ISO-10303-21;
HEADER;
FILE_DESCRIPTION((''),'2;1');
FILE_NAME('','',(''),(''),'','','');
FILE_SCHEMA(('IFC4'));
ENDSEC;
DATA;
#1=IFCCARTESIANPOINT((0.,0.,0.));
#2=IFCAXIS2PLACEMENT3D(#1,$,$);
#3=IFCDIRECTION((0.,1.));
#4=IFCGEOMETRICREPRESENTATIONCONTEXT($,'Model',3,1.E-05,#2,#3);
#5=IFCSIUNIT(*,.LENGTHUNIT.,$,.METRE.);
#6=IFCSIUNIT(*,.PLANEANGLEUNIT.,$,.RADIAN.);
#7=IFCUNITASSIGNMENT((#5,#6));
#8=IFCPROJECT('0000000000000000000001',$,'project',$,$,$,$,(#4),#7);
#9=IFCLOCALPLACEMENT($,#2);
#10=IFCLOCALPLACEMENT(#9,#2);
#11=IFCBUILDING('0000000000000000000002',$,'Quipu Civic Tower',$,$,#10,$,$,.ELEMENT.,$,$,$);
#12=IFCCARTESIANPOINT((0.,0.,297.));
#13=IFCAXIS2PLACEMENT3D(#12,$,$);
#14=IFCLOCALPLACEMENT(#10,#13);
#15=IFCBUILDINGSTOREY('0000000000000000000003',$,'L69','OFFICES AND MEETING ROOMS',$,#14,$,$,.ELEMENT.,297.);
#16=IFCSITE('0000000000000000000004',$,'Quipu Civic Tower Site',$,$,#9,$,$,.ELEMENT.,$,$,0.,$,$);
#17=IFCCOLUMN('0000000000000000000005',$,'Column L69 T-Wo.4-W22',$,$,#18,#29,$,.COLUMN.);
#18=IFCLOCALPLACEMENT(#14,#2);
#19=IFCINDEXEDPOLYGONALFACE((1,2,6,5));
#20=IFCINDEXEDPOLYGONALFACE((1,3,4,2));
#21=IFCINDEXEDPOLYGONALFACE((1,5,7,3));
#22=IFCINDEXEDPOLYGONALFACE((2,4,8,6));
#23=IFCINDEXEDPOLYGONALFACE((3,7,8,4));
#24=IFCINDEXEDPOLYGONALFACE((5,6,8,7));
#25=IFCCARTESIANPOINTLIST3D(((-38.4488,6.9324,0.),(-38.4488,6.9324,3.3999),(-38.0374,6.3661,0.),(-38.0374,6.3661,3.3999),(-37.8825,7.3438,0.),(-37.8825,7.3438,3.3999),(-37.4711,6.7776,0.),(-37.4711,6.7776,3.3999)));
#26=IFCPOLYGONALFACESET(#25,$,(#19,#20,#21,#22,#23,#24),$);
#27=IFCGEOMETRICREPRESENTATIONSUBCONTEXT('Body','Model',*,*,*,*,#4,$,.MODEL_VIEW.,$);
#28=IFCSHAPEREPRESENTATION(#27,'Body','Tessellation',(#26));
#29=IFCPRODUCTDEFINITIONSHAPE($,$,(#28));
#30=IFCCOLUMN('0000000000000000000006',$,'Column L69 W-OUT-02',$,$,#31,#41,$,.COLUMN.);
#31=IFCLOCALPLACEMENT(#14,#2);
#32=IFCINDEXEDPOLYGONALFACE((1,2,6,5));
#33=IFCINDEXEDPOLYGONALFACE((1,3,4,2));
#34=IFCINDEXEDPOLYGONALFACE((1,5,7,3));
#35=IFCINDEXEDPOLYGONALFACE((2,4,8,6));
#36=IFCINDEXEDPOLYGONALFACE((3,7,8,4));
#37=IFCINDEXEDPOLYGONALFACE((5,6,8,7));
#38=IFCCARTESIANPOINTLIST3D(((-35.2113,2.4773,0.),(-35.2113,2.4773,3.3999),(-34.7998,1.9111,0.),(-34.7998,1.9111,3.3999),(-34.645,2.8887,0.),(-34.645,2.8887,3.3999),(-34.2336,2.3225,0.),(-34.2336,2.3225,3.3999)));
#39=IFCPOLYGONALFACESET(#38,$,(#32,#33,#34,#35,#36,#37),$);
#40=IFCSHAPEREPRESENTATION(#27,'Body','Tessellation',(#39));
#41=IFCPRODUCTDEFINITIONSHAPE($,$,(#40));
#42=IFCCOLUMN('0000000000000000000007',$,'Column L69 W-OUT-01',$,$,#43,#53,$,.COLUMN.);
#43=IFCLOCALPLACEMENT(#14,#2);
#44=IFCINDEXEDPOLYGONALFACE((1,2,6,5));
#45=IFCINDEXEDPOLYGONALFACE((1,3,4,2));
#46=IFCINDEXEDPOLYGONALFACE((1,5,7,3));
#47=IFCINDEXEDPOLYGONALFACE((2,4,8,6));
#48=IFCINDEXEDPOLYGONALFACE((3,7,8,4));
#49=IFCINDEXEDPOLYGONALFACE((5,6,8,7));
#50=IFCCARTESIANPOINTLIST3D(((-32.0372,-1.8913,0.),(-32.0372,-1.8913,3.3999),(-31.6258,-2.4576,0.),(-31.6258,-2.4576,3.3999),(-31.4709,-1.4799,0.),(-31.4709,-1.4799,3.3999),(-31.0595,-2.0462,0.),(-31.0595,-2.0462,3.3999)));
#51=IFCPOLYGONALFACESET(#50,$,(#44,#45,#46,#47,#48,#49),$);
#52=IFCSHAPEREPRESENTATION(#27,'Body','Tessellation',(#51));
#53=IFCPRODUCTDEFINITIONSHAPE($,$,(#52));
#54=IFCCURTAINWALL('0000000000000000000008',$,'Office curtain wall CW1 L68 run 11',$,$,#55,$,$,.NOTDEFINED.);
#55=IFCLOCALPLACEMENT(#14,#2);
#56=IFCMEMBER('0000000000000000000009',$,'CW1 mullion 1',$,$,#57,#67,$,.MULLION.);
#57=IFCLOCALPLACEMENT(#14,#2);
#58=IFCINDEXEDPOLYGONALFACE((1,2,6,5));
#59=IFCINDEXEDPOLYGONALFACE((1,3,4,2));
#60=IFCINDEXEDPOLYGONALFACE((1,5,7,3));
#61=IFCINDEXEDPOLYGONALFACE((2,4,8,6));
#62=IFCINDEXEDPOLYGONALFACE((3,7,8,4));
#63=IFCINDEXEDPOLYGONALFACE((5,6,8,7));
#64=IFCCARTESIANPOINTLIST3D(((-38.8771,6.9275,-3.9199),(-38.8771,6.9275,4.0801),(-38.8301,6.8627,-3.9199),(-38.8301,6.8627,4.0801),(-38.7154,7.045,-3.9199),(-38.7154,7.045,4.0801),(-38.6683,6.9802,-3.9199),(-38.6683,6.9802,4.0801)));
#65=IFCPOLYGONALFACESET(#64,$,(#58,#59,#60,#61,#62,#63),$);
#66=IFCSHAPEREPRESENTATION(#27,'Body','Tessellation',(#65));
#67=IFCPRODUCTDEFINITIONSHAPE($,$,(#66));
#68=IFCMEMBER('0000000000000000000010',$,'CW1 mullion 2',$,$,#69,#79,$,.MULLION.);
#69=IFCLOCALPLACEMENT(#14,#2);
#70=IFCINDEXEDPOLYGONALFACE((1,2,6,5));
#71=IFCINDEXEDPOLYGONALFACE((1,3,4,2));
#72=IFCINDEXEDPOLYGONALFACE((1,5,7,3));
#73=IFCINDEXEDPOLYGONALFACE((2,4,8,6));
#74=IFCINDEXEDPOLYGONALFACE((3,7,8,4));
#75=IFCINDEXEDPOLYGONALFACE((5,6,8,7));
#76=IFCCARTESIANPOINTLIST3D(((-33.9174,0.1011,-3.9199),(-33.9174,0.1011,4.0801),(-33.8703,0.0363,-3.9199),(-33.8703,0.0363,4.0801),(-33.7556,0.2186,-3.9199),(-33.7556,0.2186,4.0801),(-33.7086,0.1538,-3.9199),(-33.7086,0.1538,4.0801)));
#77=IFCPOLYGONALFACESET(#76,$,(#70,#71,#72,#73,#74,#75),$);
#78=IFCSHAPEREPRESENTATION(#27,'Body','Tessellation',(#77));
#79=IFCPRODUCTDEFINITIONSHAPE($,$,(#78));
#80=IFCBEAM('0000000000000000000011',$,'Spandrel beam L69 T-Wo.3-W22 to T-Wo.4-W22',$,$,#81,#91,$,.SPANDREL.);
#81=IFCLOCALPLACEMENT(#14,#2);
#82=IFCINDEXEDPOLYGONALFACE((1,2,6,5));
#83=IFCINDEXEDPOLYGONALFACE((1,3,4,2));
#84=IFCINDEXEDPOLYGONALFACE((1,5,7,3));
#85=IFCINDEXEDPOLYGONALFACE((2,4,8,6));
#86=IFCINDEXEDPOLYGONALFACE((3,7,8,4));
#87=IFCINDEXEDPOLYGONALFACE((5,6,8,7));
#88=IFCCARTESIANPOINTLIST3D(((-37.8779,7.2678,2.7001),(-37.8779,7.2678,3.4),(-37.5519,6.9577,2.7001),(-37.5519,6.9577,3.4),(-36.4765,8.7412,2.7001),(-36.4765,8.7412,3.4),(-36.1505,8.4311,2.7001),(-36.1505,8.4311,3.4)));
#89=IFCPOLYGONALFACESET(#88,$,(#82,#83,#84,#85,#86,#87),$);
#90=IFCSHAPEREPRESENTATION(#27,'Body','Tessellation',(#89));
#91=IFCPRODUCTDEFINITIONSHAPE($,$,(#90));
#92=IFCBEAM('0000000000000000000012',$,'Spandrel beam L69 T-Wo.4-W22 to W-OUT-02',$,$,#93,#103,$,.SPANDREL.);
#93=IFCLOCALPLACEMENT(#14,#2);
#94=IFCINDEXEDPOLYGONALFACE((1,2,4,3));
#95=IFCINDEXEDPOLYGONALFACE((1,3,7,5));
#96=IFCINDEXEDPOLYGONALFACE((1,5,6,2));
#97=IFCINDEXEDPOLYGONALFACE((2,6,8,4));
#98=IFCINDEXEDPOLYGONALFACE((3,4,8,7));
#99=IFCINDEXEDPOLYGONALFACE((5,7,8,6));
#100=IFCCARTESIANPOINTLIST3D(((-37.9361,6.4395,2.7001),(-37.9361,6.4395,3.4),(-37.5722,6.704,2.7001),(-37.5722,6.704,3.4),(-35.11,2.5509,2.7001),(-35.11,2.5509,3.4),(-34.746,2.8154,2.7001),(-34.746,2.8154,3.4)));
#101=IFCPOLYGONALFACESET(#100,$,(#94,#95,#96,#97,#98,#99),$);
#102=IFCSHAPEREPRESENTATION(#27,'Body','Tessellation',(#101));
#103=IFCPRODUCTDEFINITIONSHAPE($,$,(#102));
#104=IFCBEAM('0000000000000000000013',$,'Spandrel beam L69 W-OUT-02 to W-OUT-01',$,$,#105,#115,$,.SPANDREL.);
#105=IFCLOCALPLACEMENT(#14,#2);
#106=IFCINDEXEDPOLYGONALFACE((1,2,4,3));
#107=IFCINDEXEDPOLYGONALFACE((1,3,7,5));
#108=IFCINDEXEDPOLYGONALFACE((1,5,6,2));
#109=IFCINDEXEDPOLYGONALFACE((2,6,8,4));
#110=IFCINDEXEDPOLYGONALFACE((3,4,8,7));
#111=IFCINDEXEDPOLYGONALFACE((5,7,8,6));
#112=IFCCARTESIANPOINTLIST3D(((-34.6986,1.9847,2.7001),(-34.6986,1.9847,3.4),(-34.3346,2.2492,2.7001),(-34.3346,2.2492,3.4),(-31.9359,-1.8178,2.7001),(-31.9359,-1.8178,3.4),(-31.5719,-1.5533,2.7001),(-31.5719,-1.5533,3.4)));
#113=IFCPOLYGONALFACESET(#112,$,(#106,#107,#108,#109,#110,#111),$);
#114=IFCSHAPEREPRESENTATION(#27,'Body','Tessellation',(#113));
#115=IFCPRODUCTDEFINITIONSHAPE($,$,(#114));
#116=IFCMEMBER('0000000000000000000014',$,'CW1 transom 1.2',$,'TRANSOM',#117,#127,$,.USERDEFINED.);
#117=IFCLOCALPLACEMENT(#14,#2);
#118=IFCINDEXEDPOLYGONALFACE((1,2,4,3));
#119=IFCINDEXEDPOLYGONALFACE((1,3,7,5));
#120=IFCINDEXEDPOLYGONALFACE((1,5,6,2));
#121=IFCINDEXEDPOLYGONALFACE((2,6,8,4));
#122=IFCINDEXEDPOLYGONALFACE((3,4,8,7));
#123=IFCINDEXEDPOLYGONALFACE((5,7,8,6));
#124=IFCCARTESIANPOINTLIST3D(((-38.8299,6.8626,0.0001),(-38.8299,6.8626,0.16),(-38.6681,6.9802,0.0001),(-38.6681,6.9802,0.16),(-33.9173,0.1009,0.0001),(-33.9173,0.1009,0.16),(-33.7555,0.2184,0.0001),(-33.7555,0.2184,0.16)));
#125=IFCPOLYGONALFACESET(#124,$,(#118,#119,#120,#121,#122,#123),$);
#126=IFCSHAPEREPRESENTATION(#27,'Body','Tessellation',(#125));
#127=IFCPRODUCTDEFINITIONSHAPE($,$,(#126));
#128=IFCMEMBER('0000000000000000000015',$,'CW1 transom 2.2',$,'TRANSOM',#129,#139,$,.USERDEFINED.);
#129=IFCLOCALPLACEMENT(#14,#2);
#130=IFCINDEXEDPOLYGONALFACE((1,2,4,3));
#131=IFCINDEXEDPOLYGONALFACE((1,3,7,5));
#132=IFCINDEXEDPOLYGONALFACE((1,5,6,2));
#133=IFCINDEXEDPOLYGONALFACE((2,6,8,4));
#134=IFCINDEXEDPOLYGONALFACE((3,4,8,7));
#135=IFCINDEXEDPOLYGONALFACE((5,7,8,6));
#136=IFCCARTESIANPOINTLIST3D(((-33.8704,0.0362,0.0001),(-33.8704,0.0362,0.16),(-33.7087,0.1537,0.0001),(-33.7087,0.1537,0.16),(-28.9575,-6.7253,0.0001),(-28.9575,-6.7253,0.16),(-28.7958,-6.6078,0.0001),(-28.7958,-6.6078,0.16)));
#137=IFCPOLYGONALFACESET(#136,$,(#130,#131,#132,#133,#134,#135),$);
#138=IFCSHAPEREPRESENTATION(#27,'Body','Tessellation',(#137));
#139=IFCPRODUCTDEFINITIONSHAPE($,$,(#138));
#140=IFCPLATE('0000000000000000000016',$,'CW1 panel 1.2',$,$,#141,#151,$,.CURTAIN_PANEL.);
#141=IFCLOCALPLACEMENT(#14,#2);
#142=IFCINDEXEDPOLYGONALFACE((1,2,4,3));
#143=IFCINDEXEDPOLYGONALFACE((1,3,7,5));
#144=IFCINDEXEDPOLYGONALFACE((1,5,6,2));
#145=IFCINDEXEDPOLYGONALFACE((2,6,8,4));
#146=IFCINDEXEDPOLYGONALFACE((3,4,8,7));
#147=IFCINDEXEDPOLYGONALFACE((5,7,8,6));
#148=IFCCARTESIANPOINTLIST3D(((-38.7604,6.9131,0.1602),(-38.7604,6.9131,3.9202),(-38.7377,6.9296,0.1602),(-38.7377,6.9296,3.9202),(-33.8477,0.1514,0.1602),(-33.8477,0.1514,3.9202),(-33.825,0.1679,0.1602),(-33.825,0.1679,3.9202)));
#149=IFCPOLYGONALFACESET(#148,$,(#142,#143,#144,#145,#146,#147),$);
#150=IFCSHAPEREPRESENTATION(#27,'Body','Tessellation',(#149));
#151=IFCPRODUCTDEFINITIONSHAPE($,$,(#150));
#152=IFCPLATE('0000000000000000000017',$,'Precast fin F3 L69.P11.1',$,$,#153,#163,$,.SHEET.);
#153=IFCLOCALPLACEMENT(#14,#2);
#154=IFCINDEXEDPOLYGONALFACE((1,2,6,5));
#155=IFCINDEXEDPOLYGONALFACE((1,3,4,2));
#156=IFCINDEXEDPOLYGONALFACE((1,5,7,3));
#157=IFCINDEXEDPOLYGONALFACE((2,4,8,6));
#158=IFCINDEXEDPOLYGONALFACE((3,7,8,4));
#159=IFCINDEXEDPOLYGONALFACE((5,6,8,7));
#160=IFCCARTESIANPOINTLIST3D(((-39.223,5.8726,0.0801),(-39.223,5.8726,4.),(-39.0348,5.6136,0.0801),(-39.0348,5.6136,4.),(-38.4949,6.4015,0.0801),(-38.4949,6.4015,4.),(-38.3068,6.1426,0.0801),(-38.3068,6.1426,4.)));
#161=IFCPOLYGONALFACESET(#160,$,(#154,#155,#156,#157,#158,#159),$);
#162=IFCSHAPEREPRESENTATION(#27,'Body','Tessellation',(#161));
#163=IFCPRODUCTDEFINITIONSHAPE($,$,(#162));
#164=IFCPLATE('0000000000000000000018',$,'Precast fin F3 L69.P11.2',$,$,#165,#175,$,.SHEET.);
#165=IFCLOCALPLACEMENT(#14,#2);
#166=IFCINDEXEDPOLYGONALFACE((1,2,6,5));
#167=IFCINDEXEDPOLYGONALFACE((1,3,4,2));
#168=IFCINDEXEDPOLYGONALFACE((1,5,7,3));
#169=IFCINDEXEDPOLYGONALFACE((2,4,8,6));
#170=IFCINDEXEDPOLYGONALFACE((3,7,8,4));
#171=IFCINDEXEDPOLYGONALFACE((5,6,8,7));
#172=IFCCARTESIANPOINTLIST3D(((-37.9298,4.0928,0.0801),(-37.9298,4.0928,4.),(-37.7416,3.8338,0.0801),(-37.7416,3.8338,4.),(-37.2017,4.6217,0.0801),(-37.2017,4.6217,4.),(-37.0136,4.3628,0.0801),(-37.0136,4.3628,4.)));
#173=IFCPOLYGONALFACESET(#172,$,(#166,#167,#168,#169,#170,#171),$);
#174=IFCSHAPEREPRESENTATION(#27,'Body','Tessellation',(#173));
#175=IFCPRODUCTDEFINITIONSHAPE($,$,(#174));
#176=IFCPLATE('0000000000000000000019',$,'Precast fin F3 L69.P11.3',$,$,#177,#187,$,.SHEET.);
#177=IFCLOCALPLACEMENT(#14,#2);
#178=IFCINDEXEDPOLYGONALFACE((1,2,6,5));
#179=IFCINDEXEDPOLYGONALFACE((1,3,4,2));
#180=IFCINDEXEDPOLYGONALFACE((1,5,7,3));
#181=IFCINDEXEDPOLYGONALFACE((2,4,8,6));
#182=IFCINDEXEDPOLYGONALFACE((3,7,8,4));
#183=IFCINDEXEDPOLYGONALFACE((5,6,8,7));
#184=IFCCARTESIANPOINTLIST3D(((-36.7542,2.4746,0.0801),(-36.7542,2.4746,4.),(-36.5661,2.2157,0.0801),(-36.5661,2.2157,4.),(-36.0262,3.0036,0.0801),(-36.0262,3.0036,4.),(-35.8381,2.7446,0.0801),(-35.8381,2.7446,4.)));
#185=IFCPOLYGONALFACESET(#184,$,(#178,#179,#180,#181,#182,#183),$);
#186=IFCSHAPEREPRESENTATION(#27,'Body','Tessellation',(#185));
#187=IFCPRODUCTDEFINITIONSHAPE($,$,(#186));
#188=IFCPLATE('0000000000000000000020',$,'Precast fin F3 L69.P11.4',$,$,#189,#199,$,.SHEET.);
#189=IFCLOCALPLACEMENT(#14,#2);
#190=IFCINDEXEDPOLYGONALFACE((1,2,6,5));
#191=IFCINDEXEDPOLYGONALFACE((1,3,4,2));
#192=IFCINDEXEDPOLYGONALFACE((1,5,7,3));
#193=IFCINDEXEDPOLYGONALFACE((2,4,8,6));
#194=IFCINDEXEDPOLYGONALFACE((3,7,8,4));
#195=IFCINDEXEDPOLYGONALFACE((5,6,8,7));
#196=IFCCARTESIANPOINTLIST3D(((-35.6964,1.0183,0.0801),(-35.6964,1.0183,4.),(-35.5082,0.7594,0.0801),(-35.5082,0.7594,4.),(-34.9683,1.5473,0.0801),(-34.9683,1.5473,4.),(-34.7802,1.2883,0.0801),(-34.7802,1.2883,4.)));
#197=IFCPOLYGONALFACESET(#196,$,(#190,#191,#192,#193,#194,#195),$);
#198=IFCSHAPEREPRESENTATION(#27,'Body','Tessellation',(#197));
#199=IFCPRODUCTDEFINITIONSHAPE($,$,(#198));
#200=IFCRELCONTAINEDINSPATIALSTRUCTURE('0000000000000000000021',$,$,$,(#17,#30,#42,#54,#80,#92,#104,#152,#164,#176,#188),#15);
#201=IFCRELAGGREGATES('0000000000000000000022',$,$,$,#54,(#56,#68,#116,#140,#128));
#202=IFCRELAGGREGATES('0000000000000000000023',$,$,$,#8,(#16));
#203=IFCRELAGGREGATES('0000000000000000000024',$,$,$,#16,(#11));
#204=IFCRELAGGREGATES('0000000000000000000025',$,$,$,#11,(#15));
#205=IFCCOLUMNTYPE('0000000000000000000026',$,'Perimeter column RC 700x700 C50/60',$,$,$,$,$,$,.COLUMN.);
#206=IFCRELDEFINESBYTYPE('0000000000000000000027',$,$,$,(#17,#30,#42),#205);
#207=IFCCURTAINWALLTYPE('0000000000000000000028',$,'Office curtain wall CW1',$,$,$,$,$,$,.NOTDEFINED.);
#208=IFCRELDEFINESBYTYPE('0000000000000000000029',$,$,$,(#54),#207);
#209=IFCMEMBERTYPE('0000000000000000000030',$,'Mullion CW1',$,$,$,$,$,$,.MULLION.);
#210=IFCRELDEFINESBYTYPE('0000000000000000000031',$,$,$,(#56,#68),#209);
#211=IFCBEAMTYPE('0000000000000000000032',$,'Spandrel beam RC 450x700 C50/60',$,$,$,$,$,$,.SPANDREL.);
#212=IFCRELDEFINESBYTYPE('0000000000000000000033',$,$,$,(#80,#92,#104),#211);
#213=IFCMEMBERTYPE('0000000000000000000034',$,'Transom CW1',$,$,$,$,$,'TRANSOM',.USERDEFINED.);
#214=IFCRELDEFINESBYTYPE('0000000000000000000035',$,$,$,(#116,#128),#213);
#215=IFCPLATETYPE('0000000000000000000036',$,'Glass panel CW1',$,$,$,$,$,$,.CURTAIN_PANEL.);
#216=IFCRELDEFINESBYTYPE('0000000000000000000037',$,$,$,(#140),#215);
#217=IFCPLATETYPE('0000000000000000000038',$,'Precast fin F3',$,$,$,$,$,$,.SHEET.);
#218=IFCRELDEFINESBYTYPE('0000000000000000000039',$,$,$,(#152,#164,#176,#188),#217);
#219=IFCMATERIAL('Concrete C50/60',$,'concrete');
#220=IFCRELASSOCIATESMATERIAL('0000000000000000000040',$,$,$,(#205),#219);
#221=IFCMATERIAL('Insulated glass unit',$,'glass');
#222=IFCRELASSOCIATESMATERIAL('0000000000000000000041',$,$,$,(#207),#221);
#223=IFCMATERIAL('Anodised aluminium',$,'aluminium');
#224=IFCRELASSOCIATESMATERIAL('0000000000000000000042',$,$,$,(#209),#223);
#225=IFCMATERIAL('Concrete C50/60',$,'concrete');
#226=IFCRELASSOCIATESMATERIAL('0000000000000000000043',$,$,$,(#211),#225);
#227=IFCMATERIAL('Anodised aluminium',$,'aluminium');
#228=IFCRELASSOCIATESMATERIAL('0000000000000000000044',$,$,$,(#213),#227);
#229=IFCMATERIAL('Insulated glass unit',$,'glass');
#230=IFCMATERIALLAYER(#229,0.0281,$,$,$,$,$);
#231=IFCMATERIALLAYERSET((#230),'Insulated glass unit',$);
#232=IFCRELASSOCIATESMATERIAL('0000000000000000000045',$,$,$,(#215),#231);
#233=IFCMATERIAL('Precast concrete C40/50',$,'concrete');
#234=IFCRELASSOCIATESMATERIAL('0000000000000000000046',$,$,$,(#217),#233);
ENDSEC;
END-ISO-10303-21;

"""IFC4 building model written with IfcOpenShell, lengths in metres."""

from ifc_helpers import new_model, si_unit, direction, frame, origin, origin_2d, place, context, subcontext, project, spatial, rectangle, extrude, material, layer, layer_set, material_profile, profile_set, type_object, element, aggregate, save


model = new_model("IFC4")

# Units and contexts
model_context = context("Model", 3, precision=1e-05, world=origin(), true_north=direction((0.0, 1.0)))
body_context = subcontext(model_context, "Body", "Model", "MODEL_VIEW")
ifc_project = project(units=[si_unit("LENGTHUNIT", "METRE"), si_unit("PLANEANGLEUNIT", "RADIAN")], contexts=[model_context])

# Site, building, storey
site_placement = place(None, origin())
site = spatial("IfcSite", under=ifc_project, at=site_placement, Name="Quipu Civic Tower Site", CompositionType="ELEMENT", RefElevation=0.0)
building_placement = place(site_placement, origin())
building = spatial("IfcBuilding", under=site, at=building_placement, Name="Quipu Civic Tower", CompositionType="ELEMENT")
storey_placement = place(building_placement, frame((0.0, 0.0, 297.0)))
storey = spatial("IfcBuildingStorey", under=building, at=storey_placement, Name="L69", Description="OFFICES AND MEETING ROOMS", CompositionType="ELEMENT", Elevation=297.0)

# Columns
ifc_material_1 = material(Name="Concrete C50/60", Category="concrete")
ifc_material_profile_1 = material_profile(ifc_material_1, rectangle(XDim=0.7, YDim=0.7, at=origin_2d()), Name="RC700x700")
ifc_profile_set_1 = profile_set([ifc_material_profile_1], Name="Concrete C50/60")
column_type = type_object("IfcColumnType", Name="Perimeter column RC 700x700 C50/60", PredefinedType="COLUMN", material=ifc_profile_set_1)
for number, where, z_axis, x_axis, name in (
    (1, (-37.96, 6.855, 0.0), (0.0, 0.0, 1.0), (0.587785, -0.809017, 0.0), "Column L69 T-Wo.4-W22"),
    (2, (-34.7224, 2.3999, 0.0), (0.0, 0.0, 1.0), (0.587785, -0.809017, 0.0), "Column L69 W-OUT-02"),
    (3, (-31.5483, -1.9688, 0.0), (0.0, 0.0, 1.0), (0.587785, -0.809017, 0.0), "Column L69 W-OUT-01"),
):
    element("IfcColumn", number, at=place(storey_placement, frame(where, z_axis=z_axis, x_axis=x_axis)), inside=storey, type_object=column_type, Name=name, PredefinedType="COLUMN", context=body_context, shape_type="SweptSolid", body=[
        extrude(rectangle(XDim=0.7, YDim=0.7, at=origin_2d()), origin(), (0.0, 0.0, 1.0), 3.3999),
    ])

# Curtain wall, members
ifc_material_2 = material(Name="Insulated glass unit", Category="glass")
curtain_wall_type = type_object("IfcCurtainWallType", Name="Office curtain wall CW1", PredefinedType="NOTDEFINED", material=ifc_material_2)
curtain_wall_placement = place(storey_placement, origin())
curtain_wall = element("IfcCurtainWall", 4, at=curtain_wall_placement, inside=storey, type_object=curtain_wall_type, Name="Office curtain wall CW1 L68 run 11", PredefinedType="NOTDEFINED")
ifc_material_3 = material(Name="Anodised aluminium", Category="aluminium")
ifc_material_profile_2 = material_profile(ifc_material_3, rectangle(XDim=0.2, YDim=0.0801, at=origin_2d()), Name="RECT 200x80")
ifc_profile_set_2 = profile_set([ifc_material_profile_2], Name="Anodised aluminium")
member_type_1 = type_object("IfcMemberType", Name="Mullion CW1", PredefinedType="MULLION", material=ifc_profile_set_2)
member_1_placement = place(storey_placement, frame((-38.7727, 6.9539, -3.9199), z_axis=(0.0, 0.0, 1.0), x_axis=(0.809016, 0.587786, 0.0)))
member_1 = element("IfcMember", 5, at=member_1_placement, type_object=member_type_1, Name="CW1 mullion 1", PredefinedType="MULLION", context=body_context, shape_type="SweptSolid", body=[
    extrude(rectangle(XDim=0.2, YDim=0.0801, at=origin_2d()), origin(), (0.0, 0.0, 1.0), 8.0),
])
member_2_placement = place(storey_placement, frame((-33.813, 0.1274, -3.9199), z_axis=(0.0, 0.0, 1.0), x_axis=(0.809016, 0.587786, 0.0)))
member_2 = element("IfcMember", 6, at=member_2_placement, type_object=member_type_1, Name="CW1 mullion 2", PredefinedType="MULLION", context=body_context, shape_type="SweptSolid", body=[
    extrude(rectangle(XDim=0.2, YDim=0.0801, at=origin_2d()), origin(), (0.0, 0.0, 1.0), 8.0),
])

# Beams
ifc_material_4 = material(Name="Concrete C50/60", Category="concrete")
ifc_material_profile_3 = material_profile(ifc_material_4, rectangle(XDim=0.45, YDim=0.7, at=origin_2d()), Name="RC450x700")
ifc_profile_set_3 = profile_set([ifc_material_profile_3], Name="Concrete C50/60")
beam_type = type_object("IfcBeamType", Name="Spandrel beam RC 450x700 C50/60", PredefinedType="SPANDREL", material=ifc_profile_set_3)
beam_1_placement = place(storey_placement, frame((-36.3135, 8.5862, 3.05), z_axis=(-0.689175, -0.724595, 0.0), x_axis=(0.724595, -0.689175, 0.0)))
element("IfcBeam", 7, at=beam_1_placement, inside=storey, type_object=beam_type, Name="Spandrel beam L69 T-Wo.3-W22 to T-Wo.4-W22", PredefinedType="SPANDREL", context=body_context, shape_type="SweptSolid", body=[
    extrude(rectangle(XDim=0.45, YDim=0.7, at=origin_2d()), origin(), (0.0, 0.0, 1.0), 2.0334),
])
beam_2_placement = place(storey_placement, frame((-37.7542, 6.5718, 3.05), z_axis=(0.587906, -0.808929, 0.0), x_axis=(0.808929, 0.587906, 0.0)))
element("IfcBeam", 8, at=beam_2_placement, inside=storey, type_object=beam_type, Name="Spandrel beam L69 T-Wo.4-W22 to W-OUT-02", PredefinedType="SPANDREL", context=body_context, shape_type="SweptSolid", body=[
    extrude(rectangle(XDim=0.45, YDim=0.7, at=origin_2d()), origin(), (0.0, 0.0, 1.0), 4.8071),
])
beam_3_placement = place(storey_placement, frame((-34.5166, 2.1169, 3.05), z_axis=(0.587789, -0.809015, 0.0), x_axis=(0.809015, 0.587789, 0.0)))
element("IfcBeam", 9, at=beam_3_placement, inside=storey, type_object=beam_type, Name="Spandrel beam L69 W-OUT-02 to W-OUT-01", PredefinedType="SPANDREL", context=body_context, shape_type="SweptSolid", body=[
    extrude(rectangle(XDim=0.45, YDim=0.7, at=origin_2d()), origin(), (0.0, 0.0, 1.0), 4.7002),
])

# Members
ifc_material_5 = material(Name="Anodised aluminium", Category="aluminium")
ifc_material_profile_4 = material_profile(ifc_material_5, rectangle(XDim=0.2, YDim=0.1599, at=origin_2d()), Name="RECT 200x160")
ifc_profile_set_4 = profile_set([ifc_material_profile_4], Name="Anodised aluminium")
member_type_2 = type_object("IfcMemberType", Name="Transom CW1", ElementType="TRANSOM", PredefinedType="USERDEFINED", material=ifc_profile_set_4)
member_3_placement = place(storey_placement, frame((-38.749, 6.9214, 0.0801), z_axis=(0.587779, -0.809021, 0.0), x_axis=(0.809021, 0.587779, 0.0)))
member_3 = element("IfcMember", 10, at=member_3_placement, type_object=member_type_2, Name="CW1 transom 1.2", ObjectType="TRANSOM", PredefinedType="USERDEFINED", context=body_context, shape_type="SweptSolid", body=[
    extrude(rectangle(XDim=0.2, YDim=0.1599, at=origin_2d()), origin(), (0.0, 0.0, 1.0), 8.3579),
])
member_4_placement = place(storey_placement, frame((-33.7896, 0.095, 0.0801), z_axis=(0.587812, -0.808997, 0.0), x_axis=(0.808997, 0.587812, 0.0)))
member_4 = element("IfcMember", 11, at=member_4_placement, type_object=member_type_2, Name="CW1 transom 2.2", ObjectType="TRANSOM", PredefinedType="USERDEFINED", context=body_context, shape_type="SweptSolid", body=[
    extrude(rectangle(XDim=0.2, YDim=0.1599, at=origin_2d()), origin(), (0.0, 0.0, 1.0), 8.3579),
])

# Plate
ifc_material_6 = material(Name="Insulated glass unit", Category="glass")
ifc_layer_1 = layer(ifc_material_6, 0.0281)
ifc_layer_set_1 = layer_set([ifc_layer_1], Name="Insulated glass unit")
plate_type_1 = type_object("IfcPlateType", Name="Glass panel CW1", PredefinedType="CURTAIN_PANEL", material=ifc_layer_set_1)
plate_placement = place(storey_placement, frame((-36.2927, 3.5405, 0.1602), z_axis=(0.0, 0.0, 1.0), x_axis=(0.587786, -0.809016, 0.0)))
plate = element("IfcPlate", 12, at=plate_placement, type_object=plate_type_1, Name="CW1 panel 1.2", PredefinedType="CURTAIN_PANEL", context=body_context, shape_type="SweptSolid", body=[
    extrude(rectangle(XDim=8.3579, YDim=0.0281, at=origin_2d()), origin(), (0.0, 0.0, 1.0), 3.76),
])
aggregate(curtain_wall, [member_1, member_2, member_3, plate, member_4])

# Plates
ifc_material_7 = material(Name="Precast concrete C40/50", Category="concrete")
plate_type_2 = type_object("IfcPlateType", Name="Precast fin F3", PredefinedType="SHEET", material=ifc_material_7)
for number, where, z_axis, x_axis, name in (
    (13, (-38.7649, 6.0076, 0.0801), (0.0, 0.0, 1.0), (0.587787, -0.809016, 0.0), "Precast fin F3 L69.P11.1"),
    (14, (-37.4717, 4.2278, 0.0801), (0.0, 0.0, 1.0), (0.587787, -0.809016, 0.0), "Precast fin F3 L69.P11.2"),
    (15, (-36.2961, 2.6096, 0.0801), (0.0, 0.0, 1.0), (0.587787, -0.809016, 0.0), "Precast fin F3 L69.P11.3"),
    (16, (-35.2383, 1.1533, 0.0801), (0.0, 0.0, 1.0), (0.587787, -0.809016, 0.0), "Precast fin F3 L69.P11.4"),
):
    element("IfcPlate", number, at=place(storey_placement, frame(where, z_axis=z_axis, x_axis=x_axis)), inside=storey, type_object=plate_type_2, Name=name, PredefinedType="SHEET", context=body_context, shape_type="SweptSolid", body=[
        extrude(rectangle(XDim=0.3201, YDim=0.8999, at=origin_2d()), origin(), (0.0, 0.0, 1.0), 3.9199),
    ])

save(model, "model.ifc")
